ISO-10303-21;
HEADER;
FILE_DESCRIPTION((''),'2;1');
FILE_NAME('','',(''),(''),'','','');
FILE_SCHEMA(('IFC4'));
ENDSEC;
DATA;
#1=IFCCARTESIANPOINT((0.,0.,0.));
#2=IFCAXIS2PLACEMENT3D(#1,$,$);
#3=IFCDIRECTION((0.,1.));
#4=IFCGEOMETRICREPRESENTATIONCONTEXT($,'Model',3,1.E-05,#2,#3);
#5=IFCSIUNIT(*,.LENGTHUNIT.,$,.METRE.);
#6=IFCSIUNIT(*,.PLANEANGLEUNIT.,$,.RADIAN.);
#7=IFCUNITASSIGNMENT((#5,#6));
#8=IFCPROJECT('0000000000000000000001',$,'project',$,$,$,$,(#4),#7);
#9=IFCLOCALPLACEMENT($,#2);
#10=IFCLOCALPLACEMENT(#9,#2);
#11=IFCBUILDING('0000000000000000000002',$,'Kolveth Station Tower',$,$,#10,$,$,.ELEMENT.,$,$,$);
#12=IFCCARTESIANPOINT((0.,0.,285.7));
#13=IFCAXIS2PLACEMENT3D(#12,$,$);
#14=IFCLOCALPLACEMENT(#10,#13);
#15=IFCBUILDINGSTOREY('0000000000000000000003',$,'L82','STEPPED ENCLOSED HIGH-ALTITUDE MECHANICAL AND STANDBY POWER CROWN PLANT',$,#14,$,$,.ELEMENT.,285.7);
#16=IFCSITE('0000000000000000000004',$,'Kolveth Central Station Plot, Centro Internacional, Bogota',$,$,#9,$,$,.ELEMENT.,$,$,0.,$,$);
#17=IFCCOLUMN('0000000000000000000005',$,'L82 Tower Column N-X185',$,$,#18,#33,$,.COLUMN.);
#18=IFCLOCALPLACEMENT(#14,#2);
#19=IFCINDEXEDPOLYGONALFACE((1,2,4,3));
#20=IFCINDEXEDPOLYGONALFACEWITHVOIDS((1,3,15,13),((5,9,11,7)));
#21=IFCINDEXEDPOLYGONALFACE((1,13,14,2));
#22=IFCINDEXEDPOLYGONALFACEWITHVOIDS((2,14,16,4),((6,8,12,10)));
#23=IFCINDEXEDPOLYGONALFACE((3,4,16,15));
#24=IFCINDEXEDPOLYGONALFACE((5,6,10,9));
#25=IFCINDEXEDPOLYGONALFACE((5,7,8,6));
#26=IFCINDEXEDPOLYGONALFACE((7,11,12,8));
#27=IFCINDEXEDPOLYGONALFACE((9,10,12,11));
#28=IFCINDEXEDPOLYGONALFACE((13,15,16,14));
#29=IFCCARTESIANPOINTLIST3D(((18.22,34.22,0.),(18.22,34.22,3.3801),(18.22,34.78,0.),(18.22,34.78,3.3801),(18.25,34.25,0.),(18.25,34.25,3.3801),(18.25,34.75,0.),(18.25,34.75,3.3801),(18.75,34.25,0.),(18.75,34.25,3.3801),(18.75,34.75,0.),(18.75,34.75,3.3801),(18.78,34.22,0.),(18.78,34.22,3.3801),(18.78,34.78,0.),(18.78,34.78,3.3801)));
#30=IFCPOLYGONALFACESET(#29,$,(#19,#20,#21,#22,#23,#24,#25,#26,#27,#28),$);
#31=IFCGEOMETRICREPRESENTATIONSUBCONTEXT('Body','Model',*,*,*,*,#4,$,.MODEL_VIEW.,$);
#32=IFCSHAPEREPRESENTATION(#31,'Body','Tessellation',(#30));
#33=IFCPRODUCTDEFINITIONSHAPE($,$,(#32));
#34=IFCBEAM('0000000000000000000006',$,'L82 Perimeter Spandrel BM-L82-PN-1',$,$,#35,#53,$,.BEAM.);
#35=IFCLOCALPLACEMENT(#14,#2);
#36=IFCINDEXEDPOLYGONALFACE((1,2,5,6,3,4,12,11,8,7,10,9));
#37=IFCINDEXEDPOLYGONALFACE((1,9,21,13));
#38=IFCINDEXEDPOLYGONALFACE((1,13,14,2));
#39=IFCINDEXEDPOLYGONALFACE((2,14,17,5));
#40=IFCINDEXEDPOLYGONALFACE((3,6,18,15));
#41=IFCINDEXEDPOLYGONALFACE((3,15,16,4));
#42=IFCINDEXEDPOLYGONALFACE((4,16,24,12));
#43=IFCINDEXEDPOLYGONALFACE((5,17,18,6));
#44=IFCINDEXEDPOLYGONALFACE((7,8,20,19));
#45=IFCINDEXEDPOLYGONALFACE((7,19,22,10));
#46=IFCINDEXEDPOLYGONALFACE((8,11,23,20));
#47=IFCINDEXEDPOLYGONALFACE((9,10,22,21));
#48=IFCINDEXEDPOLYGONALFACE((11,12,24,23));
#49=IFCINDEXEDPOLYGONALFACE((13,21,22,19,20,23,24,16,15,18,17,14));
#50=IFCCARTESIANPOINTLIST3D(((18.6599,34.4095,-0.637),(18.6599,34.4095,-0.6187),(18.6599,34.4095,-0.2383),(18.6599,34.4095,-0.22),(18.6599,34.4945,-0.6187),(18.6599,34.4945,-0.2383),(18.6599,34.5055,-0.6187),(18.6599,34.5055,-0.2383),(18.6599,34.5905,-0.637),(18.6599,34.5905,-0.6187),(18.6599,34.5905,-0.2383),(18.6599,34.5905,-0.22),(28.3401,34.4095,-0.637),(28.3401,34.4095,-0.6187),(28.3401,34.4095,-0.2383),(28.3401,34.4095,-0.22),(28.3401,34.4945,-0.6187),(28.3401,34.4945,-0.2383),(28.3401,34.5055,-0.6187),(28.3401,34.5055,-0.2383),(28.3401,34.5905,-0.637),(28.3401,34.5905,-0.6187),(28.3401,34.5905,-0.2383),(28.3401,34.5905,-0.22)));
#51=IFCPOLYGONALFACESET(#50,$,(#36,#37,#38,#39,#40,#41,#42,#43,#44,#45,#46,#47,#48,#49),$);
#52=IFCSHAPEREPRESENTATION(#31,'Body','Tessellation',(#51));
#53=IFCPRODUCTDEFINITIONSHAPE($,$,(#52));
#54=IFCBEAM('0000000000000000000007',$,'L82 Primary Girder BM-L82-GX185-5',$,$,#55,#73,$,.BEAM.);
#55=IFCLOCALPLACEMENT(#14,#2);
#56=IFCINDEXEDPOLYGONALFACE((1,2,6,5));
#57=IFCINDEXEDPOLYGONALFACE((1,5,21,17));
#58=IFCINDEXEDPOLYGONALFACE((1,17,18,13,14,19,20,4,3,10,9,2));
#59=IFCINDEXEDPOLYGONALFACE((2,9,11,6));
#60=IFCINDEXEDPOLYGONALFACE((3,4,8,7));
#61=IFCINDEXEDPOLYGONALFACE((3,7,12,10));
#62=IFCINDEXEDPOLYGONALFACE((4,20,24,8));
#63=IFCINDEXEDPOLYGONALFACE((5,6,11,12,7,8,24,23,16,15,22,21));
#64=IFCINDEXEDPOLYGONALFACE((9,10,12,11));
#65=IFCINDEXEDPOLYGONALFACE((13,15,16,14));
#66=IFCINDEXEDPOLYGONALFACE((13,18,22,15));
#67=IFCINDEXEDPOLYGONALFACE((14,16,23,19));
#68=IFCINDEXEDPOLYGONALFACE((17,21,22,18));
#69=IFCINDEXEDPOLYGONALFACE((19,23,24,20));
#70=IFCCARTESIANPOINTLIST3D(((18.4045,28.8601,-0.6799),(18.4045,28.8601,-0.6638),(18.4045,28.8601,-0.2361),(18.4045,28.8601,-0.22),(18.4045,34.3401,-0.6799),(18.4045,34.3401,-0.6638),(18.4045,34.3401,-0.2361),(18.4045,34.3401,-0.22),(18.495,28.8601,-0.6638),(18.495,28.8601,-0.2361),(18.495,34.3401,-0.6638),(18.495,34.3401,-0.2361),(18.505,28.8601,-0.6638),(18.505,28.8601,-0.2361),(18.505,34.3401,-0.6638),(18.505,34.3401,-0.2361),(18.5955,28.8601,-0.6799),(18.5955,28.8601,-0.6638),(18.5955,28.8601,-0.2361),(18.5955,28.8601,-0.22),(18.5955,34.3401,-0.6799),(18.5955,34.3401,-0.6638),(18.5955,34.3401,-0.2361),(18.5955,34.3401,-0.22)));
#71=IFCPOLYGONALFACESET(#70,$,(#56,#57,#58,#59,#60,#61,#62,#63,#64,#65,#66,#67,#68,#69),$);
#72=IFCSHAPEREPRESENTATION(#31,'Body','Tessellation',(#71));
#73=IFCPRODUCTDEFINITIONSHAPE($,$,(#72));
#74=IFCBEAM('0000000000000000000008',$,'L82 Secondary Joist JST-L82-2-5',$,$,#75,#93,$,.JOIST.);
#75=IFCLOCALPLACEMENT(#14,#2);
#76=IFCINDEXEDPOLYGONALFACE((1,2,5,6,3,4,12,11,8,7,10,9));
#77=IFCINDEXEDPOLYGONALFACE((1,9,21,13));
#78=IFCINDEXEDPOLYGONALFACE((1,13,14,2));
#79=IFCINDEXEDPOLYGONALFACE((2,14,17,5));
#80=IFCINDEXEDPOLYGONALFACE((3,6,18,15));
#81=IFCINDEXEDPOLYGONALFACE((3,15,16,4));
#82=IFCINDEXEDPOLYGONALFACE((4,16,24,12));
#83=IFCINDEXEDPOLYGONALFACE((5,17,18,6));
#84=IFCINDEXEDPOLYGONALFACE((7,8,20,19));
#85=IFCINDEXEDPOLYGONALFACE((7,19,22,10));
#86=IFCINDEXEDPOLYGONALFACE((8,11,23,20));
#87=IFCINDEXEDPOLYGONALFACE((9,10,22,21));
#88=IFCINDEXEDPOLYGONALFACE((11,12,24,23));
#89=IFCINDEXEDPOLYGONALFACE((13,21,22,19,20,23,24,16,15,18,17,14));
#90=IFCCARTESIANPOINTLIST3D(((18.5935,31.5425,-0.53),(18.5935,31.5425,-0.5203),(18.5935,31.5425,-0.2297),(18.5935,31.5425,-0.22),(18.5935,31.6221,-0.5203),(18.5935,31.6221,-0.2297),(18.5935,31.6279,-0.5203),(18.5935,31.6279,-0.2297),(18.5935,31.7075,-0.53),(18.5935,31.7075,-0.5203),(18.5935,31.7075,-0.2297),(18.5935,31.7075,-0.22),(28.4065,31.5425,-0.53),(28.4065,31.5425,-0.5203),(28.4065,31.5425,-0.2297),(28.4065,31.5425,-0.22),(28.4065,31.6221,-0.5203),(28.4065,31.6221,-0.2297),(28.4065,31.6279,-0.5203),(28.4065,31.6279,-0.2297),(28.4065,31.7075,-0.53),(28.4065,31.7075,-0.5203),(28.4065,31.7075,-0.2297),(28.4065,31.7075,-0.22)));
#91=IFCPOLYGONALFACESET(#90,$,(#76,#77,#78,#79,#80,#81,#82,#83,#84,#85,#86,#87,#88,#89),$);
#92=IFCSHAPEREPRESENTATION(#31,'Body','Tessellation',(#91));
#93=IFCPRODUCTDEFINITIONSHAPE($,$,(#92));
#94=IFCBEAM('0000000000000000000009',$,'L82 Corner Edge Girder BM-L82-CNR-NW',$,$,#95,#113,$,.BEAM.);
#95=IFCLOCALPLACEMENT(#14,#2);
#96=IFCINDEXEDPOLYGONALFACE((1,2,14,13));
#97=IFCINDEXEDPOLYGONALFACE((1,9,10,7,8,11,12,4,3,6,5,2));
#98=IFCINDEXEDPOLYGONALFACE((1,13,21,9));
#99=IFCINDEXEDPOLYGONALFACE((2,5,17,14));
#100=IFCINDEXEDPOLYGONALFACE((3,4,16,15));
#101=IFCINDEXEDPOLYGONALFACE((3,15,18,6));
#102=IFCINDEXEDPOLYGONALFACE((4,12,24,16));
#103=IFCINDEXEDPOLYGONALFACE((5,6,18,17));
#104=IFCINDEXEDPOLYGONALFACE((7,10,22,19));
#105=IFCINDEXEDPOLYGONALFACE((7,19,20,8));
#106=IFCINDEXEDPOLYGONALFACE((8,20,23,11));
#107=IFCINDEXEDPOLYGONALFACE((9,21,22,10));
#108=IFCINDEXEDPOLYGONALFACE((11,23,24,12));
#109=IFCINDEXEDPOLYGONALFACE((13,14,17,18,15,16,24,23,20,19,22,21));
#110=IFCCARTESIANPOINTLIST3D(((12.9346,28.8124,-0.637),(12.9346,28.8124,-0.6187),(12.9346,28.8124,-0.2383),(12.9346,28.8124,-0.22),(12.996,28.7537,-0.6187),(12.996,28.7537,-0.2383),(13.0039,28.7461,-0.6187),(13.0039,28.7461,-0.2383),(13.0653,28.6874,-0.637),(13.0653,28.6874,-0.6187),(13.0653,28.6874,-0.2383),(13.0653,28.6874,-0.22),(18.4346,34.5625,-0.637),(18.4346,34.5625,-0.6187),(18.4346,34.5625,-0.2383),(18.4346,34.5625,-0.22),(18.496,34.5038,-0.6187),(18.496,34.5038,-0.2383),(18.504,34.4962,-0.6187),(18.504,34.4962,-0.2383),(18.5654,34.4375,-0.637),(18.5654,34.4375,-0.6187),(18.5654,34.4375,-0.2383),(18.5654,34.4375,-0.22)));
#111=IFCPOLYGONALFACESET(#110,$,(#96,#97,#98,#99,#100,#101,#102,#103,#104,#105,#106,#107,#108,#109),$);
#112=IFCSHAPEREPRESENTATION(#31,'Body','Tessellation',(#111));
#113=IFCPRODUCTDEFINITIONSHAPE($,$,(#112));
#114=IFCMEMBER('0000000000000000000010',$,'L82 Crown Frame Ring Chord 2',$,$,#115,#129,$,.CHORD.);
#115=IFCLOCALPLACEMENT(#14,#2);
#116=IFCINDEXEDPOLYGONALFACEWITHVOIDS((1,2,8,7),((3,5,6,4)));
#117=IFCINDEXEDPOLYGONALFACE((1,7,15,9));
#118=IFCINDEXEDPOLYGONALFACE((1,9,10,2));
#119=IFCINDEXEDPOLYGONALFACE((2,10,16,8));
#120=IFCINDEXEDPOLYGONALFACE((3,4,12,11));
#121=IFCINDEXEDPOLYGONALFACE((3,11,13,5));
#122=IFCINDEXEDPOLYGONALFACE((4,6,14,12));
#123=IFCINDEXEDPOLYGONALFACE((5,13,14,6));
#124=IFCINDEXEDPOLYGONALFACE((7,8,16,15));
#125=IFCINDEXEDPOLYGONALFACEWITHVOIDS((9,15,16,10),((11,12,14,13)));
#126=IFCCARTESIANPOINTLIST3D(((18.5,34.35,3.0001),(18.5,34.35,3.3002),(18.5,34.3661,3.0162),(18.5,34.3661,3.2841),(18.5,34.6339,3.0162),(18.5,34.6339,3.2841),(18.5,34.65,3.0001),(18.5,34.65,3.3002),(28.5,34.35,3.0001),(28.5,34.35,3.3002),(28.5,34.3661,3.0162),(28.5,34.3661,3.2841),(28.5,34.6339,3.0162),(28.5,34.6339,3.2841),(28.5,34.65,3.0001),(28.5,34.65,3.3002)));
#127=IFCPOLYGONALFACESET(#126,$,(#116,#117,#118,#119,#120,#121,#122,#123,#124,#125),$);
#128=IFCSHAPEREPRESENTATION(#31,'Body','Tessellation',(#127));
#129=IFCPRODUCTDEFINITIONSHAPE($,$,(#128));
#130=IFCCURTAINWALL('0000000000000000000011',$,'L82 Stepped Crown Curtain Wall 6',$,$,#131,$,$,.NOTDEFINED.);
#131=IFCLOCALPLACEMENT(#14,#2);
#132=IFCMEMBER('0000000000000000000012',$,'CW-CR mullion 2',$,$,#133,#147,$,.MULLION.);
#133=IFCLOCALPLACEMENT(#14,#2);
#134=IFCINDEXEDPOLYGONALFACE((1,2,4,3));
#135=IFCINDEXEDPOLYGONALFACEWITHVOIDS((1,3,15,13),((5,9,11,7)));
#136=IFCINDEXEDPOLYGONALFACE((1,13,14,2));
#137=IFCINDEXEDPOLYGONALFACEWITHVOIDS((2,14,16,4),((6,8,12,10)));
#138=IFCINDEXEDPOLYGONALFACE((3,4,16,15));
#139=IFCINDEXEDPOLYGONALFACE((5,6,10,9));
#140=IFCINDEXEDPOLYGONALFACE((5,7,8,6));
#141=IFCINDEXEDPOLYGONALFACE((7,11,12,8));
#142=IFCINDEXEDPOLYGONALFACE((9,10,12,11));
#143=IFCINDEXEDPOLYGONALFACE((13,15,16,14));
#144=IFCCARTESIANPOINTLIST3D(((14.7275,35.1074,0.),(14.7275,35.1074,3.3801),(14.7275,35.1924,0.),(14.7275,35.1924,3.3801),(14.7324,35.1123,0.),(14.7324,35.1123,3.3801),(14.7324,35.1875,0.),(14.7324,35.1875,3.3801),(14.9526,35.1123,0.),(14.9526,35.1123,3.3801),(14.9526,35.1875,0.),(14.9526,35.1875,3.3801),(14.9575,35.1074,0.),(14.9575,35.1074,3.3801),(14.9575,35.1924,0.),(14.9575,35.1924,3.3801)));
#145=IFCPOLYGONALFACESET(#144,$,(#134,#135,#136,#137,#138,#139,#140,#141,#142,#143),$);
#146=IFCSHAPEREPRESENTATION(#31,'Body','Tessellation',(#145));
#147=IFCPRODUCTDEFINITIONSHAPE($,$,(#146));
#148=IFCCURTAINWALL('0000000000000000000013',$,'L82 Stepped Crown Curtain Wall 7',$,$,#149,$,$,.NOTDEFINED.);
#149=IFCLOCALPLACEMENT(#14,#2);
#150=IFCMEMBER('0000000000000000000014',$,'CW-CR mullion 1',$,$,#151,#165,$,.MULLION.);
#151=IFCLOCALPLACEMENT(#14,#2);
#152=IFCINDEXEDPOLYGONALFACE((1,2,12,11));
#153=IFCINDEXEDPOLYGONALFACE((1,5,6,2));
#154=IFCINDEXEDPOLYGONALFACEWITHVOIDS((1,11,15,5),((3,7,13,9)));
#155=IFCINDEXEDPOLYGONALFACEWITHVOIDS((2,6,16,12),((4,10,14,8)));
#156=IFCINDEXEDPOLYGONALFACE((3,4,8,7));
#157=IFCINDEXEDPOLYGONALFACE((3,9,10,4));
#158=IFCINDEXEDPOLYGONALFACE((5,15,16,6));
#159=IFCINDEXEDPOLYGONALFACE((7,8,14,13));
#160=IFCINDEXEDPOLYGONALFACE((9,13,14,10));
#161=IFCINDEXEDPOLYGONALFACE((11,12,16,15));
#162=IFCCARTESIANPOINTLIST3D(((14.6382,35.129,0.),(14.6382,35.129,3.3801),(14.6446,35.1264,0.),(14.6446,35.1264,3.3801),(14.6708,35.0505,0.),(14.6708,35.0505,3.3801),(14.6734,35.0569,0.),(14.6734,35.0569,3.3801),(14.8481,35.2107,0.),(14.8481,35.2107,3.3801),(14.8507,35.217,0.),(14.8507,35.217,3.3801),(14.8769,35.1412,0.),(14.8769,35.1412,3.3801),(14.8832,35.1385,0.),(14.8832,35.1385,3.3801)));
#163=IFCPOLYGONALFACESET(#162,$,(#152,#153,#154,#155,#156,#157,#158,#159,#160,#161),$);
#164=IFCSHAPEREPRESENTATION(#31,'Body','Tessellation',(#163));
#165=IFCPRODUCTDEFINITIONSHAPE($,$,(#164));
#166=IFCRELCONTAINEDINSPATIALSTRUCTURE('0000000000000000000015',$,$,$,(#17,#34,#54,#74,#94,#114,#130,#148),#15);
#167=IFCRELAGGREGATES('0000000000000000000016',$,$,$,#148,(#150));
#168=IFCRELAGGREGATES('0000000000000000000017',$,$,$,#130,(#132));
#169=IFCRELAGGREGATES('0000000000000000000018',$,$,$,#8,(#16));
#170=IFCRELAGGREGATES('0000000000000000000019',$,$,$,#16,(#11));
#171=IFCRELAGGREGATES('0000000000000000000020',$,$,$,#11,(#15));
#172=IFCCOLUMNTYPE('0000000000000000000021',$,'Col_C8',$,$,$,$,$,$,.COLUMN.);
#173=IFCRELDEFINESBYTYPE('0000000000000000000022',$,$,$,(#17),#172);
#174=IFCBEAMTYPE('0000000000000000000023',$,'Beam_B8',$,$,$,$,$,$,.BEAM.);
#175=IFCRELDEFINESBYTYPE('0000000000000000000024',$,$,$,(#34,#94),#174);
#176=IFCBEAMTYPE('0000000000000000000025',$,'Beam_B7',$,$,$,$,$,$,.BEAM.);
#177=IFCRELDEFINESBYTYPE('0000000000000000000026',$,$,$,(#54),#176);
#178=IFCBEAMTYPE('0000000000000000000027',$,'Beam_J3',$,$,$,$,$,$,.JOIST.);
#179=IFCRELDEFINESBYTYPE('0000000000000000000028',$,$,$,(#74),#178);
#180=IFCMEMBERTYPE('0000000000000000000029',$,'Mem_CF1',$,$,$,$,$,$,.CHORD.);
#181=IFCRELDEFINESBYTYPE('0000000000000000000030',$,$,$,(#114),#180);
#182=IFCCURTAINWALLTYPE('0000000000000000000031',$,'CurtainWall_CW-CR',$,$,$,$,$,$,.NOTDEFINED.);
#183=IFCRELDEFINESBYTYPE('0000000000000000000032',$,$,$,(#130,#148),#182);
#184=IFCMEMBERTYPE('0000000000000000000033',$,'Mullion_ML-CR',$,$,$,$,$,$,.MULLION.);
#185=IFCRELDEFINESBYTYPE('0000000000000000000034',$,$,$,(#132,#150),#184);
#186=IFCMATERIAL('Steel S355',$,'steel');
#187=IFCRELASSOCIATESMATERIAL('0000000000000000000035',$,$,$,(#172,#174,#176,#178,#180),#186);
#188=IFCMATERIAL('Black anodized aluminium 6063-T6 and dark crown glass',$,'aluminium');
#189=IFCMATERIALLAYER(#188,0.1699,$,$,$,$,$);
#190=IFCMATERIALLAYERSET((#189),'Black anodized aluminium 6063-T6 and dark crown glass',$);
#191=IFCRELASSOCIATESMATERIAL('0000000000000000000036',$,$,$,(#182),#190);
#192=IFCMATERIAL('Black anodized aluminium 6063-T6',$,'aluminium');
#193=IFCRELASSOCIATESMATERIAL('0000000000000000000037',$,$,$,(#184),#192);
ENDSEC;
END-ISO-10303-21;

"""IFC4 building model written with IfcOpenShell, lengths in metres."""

from ifc_helpers import new_model, si_unit, direction, frame, origin, origin_2d, place, context, subcontext, project, spatial, hollow_rectangle, i_section, extrude, source, transform, mapped, material, layer, layer_set, material_profile, profile_set, type_object, element, aggregate, save


model = new_model("IFC4")

# Units and contexts
model_context = context("Model", 3, precision=1e-05, world=origin(), true_north=direction((0.0, 1.0)))
body_context = subcontext(model_context, "Body", "Model", "MODEL_VIEW")
ifc_project = project(units=[si_unit("LENGTHUNIT", "METRE"), si_unit("PLANEANGLEUNIT", "RADIAN")], contexts=[model_context])

# Site, building, storey
site_placement = place(None, origin())
site = spatial("IfcSite", under=ifc_project, at=site_placement, Name="Kolveth Central Station Plot, Centro Internacional, Bogota", CompositionType="ELEMENT", RefElevation=0.0)
building_placement = place(site_placement, origin())
building = spatial("IfcBuilding", under=site, at=building_placement, Name="Kolveth Station Tower", CompositionType="ELEMENT")
storey_placement = place(building_placement, frame((0.0, 0.0, 285.7)))
storey = spatial("IfcBuildingStorey", under=building, at=storey_placement, Name="L82", Description="STEPPED ENCLOSED HIGH-ALTITUDE MECHANICAL AND STANDBY POWER CROWN PLANT", CompositionType="ELEMENT", Elevation=285.7)

# Column
ifc_material_1 = material(Name="Steel S355", Category="steel")
ifc_material_profile_1 = material_profile(ifc_material_1, hollow_rectangle(XDim=0.5601, YDim=0.5601, WallThickness=0.03, at=origin_2d()), Name="BOX560x560x30")
ifc_profile_set_1 = profile_set([ifc_material_profile_1], Name="Steel S355")
column_type = type_object("IfcColumnType", Name="Col_C8", PredefinedType="COLUMN", material=ifc_profile_set_1)
shared_shape_1 = source(origin(), body_context, "Body", "SweptSolid", [
    extrude(hollow_rectangle(XDim=0.5601, YDim=0.5601, WallThickness=0.03, at=origin_2d()), origin(), (0.0, 0.0, 1.0), 3.3801),
])
column_placement = place(storey_placement, frame((18.5, 34.5, 0.0), z_axis=(0.0, 0.0, 1.0), x_axis=(1.0, 0.0, 0.0)))
element("IfcColumn", 1, at=column_placement, inside=storey, type_object=column_type, Name="L82 Tower Column N-X185", PredefinedType="COLUMN", context=body_context, shape_type="MappedRepresentation", body=[
    mapped(shared_shape_1, transform((0.0, 0.0, 0.0), x_axis=(1.0, 0.0, 0.0), y_axis=(0.0, 1.0, 0.0), z_axis=(0.0, 0.0, 1.0), scale=1.0)),
])

# Beams
ifc_material_profile_2 = material_profile(ifc_material_1, i_section(OverallWidth=0.1809, OverallDepth=0.417, WebThickness=0.011, FlangeThickness=0.0183, at=origin_2d()), Name="W410x85")
ifc_profile_set_2 = profile_set([ifc_material_profile_2], Name="Steel S355")
beam_type_1 = type_object("IfcBeamType", Name="Beam_B8", PredefinedType="BEAM", material=ifc_profile_set_2)
shared_shape_2 = source(origin(), body_context, "Body", "SweptSolid", [
    extrude(i_section(OverallWidth=0.1809, OverallDepth=0.417, WebThickness=0.011, FlangeThickness=0.0183, at=origin_2d()), origin(), (0.0, 0.0, 1.0), 9.6802),
])
beam_1_placement = place(storey_placement, frame((18.6599, 34.5, -0.4285), z_axis=(1.0, 0.0, 0.0), x_axis=(0.0, 1.0, 0.0)))
element("IfcBeam", 2, at=beam_1_placement, inside=storey, type_object=beam_type_1, Name="L82 Perimeter Spandrel BM-L82-PN-1", PredefinedType="BEAM", context=body_context, shape_type="MappedRepresentation", body=[
    mapped(shared_shape_2, transform((0.0, 0.0, 0.0), x_axis=(1.0, 0.0, 0.0), y_axis=(0.0, 1.0, 0.0), z_axis=(0.0, 0.0, 1.0), scale=1.0)),
])
ifc_material_profile_3 = material_profile(ifc_material_1, i_section(OverallWidth=0.1909, OverallDepth=0.46, WebThickness=0.01, FlangeThickness=0.0161, at=origin_2d()), Name="W460x82")
ifc_profile_set_3 = profile_set([ifc_material_profile_3], Name="Steel S355")
beam_type_2 = type_object("IfcBeamType", Name="Beam_B7", PredefinedType="BEAM", material=ifc_profile_set_3)
shared_shape_3 = source(origin(), body_context, "Body", "SweptSolid", [
    extrude(i_section(OverallWidth=0.1909, OverallDepth=0.46, WebThickness=0.01, FlangeThickness=0.0161, at=origin_2d()), origin(), (0.0, 0.0, 1.0), 5.48),
])
beam_2_placement = place(storey_placement, frame((18.5, 28.8601, -0.45), z_axis=(0.0, 1.0, 0.0), x_axis=(-1.0, 0.0, 0.0)))
element("IfcBeam", 3, at=beam_2_placement, inside=storey, type_object=beam_type_2, Name="L82 Primary Girder BM-L82-GX185-5", PredefinedType="BEAM", context=body_context, shape_type="MappedRepresentation", body=[
    mapped(shared_shape_3, transform((0.0, 0.0, 0.0), x_axis=(1.0, 0.0, 0.0), y_axis=(0.0, 1.0, 0.0), z_axis=(0.0, 0.0, 1.0), scale=1.0)),
])
ifc_material_profile_4 = material_profile(ifc_material_1, i_section(OverallWidth=0.165, OverallDepth=0.3101, WebThickness=0.0059, FlangeThickness=0.0098, at=origin_2d()), Name="W310x39")
ifc_profile_set_4 = profile_set([ifc_material_profile_4], Name="Steel S355")
beam_type_3 = type_object("IfcBeamType", Name="Beam_J3", PredefinedType="JOIST", material=ifc_profile_set_4)
shared_shape_4 = source(origin(), body_context, "Body", "SweptSolid", [
    extrude(i_section(OverallWidth=0.165, OverallDepth=0.3101, WebThickness=0.0059, FlangeThickness=0.0098, at=origin_2d()), origin(), (0.0, 0.0, 1.0), 9.813),
])
beam_3_placement = place(storey_placement, frame((18.5935, 31.625, -0.375), z_axis=(1.0, 0.0, 0.0), x_axis=(0.0, 1.0, 0.0)))
element("IfcBeam", 4, at=beam_3_placement, inside=storey, type_object=beam_type_3, Name="L82 Secondary Joist JST-L82-2-5", PredefinedType="JOIST", context=body_context, shape_type="MappedRepresentation", body=[
    mapped(shared_shape_4, transform((0.0, 0.0, 0.0), x_axis=(1.0, 0.0, 0.0), y_axis=(0.0, 1.0, 0.0), z_axis=(0.0, 0.0, 1.0), scale=1.0)),
])
shared_shape_5 = source(origin(), body_context, "Body", "SweptSolid", [
    extrude(i_section(OverallWidth=0.1809, OverallDepth=0.417, WebThickness=0.011, FlangeThickness=0.0183, at=origin_2d()), origin(), (0.0, 0.0, 1.0), 7.957),
])
beam_4_placement = place(storey_placement, frame((18.5, 34.5, -0.4285), z_axis=(-0.691223, -0.722642, 0.0), x_axis=(0.722642, -0.691223, 0.0)))
element("IfcBeam", 5, at=beam_4_placement, inside=storey, type_object=beam_type_1, Name="L82 Corner Edge Girder BM-L82-CNR-NW", PredefinedType="BEAM", context=body_context, shape_type="MappedRepresentation", body=[
    mapped(shared_shape_5, transform((0.0, 0.0, 0.0), x_axis=(1.0, 0.0, 0.0), y_axis=(0.0, 1.0, 0.0), z_axis=(0.0, 0.0, 1.0), scale=1.0)),
])

# Member
ifc_material_profile_5 = material_profile(ifc_material_1, hollow_rectangle(XDim=0.3, YDim=0.3, WallThickness=0.0161, at=origin_2d()), Name="CROWN-HSS300x300x16")
ifc_profile_set_5 = profile_set([ifc_material_profile_5], Name="Steel S355")
member_type_1 = type_object("IfcMemberType", Name="Mem_CF1", PredefinedType="CHORD", material=ifc_profile_set_5)
shared_shape_6 = source(origin(), body_context, "Body", "SweptSolid", [
    extrude(hollow_rectangle(XDim=0.3, YDim=0.3, WallThickness=0.0161, at=origin_2d()), origin(), (0.0, 0.0, 1.0), 10.0),
])
member_1_placement = place(storey_placement, frame((18.5, 34.5, 3.1501), z_axis=(1.0, 0.0, 0.0), x_axis=(0.0, 1.0, 0.0)))
element("IfcMember", 6, at=member_1_placement, inside=storey, type_object=member_type_1, Name="L82 Crown Frame Ring Chord 2", PredefinedType="CHORD", context=body_context, shape_type="MappedRepresentation", body=[
    mapped(shared_shape_6, transform((0.0, 0.0, 0.0), x_axis=(1.0, 0.0, 0.0), y_axis=(0.0, 1.0, 0.0), z_axis=(0.0, 0.0, 1.0), scale=1.0)),
])

# Curtain wall, member
ifc_material_2 = material(Name="Black anodized aluminium 6063-T6 and dark crown glass", Category="aluminium")
ifc_layer_1 = layer(ifc_material_2, 0.1699)
ifc_layer_set_1 = layer_set([ifc_layer_1], Name="Black anodized aluminium 6063-T6 and dark crown glass")
curtain_wall_type = type_object("IfcCurtainWallType", Name="CurtainWall_CW-CR", PredefinedType="NOTDEFINED", material=ifc_layer_set_1)
curtain_wall_1_placement = place(storey_placement, origin())
curtain_wall_1 = element("IfcCurtainWall", 7, at=curtain_wall_1_placement, inside=storey, type_object=curtain_wall_type, Name="L82 Stepped Crown Curtain Wall 6", PredefinedType="NOTDEFINED")
ifc_material_3 = material(Name="Black anodized aluminium 6063-T6", Category="aluminium")
ifc_material_profile_6 = material_profile(ifc_material_3, hollow_rectangle(XDim=0.085, YDim=0.23, WallThickness=0.0049, at=origin_2d()), Name="ALU-85x230x5")
ifc_profile_set_6 = profile_set([ifc_material_profile_6], Name="Black anodized aluminium 6063-T6")
member_type_2 = type_object("IfcMemberType", Name="Mullion_ML-CR", PredefinedType="MULLION", material=ifc_profile_set_6)
shared_shape_7 = source(origin(), body_context, "Body", "SweptSolid", [
    extrude(hollow_rectangle(XDim=0.085, YDim=0.23, WallThickness=0.0049, at=origin_2d()), origin(), (0.0, 0.0, 1.0), 3.3801),
])
member_2_placement = place(storey_placement, frame((14.8425, 35.1499, 0.0), z_axis=(0.0, 0.0, 1.0), x_axis=(0.0, -1.0, 0.0)))
member_2 = element("IfcMember", 8, at=member_2_placement, type_object=member_type_2, Name="CW-CR mullion 2", PredefinedType="MULLION", context=body_context, shape_type="MappedRepresentation", body=[
    mapped(shared_shape_7, transform((0.0, 0.0, 0.0), x_axis=(1.0, 0.0, 0.0), y_axis=(0.0, 1.0, 0.0), z_axis=(0.0, 0.0, 1.0), scale=1.0)),
])

# Curtain wall, member
curtain_wall_2_placement = place(storey_placement, origin())
curtain_wall_2 = element("IfcCurtainWall", 9, at=curtain_wall_2_placement, inside=storey, type_object=curtain_wall_type, Name="L82 Stepped Crown Curtain Wall 7", PredefinedType="NOTDEFINED")
member_3_placement = place(storey_placement, frame((14.7607, 35.1338, 0.0), z_axis=(0.0, 0.0, 1.0), x_axis=(0.382691, -0.923876, 0.0)))
member_3 = element("IfcMember", 10, at=member_3_placement, type_object=member_type_2, Name="CW-CR mullion 1", PredefinedType="MULLION", context=body_context, shape_type="MappedRepresentation", body=[
    mapped(shared_shape_7, transform((0.0, 0.0, 0.0), x_axis=(1.0, 0.0, 0.0), y_axis=(0.0, 1.0, 0.0), z_axis=(0.0, 0.0, 1.0), scale=1.0)),
])

aggregate(curtain_wall_2, [member_3])
aggregate(curtain_wall_1, [member_2])

save(model, "model.ifc")
